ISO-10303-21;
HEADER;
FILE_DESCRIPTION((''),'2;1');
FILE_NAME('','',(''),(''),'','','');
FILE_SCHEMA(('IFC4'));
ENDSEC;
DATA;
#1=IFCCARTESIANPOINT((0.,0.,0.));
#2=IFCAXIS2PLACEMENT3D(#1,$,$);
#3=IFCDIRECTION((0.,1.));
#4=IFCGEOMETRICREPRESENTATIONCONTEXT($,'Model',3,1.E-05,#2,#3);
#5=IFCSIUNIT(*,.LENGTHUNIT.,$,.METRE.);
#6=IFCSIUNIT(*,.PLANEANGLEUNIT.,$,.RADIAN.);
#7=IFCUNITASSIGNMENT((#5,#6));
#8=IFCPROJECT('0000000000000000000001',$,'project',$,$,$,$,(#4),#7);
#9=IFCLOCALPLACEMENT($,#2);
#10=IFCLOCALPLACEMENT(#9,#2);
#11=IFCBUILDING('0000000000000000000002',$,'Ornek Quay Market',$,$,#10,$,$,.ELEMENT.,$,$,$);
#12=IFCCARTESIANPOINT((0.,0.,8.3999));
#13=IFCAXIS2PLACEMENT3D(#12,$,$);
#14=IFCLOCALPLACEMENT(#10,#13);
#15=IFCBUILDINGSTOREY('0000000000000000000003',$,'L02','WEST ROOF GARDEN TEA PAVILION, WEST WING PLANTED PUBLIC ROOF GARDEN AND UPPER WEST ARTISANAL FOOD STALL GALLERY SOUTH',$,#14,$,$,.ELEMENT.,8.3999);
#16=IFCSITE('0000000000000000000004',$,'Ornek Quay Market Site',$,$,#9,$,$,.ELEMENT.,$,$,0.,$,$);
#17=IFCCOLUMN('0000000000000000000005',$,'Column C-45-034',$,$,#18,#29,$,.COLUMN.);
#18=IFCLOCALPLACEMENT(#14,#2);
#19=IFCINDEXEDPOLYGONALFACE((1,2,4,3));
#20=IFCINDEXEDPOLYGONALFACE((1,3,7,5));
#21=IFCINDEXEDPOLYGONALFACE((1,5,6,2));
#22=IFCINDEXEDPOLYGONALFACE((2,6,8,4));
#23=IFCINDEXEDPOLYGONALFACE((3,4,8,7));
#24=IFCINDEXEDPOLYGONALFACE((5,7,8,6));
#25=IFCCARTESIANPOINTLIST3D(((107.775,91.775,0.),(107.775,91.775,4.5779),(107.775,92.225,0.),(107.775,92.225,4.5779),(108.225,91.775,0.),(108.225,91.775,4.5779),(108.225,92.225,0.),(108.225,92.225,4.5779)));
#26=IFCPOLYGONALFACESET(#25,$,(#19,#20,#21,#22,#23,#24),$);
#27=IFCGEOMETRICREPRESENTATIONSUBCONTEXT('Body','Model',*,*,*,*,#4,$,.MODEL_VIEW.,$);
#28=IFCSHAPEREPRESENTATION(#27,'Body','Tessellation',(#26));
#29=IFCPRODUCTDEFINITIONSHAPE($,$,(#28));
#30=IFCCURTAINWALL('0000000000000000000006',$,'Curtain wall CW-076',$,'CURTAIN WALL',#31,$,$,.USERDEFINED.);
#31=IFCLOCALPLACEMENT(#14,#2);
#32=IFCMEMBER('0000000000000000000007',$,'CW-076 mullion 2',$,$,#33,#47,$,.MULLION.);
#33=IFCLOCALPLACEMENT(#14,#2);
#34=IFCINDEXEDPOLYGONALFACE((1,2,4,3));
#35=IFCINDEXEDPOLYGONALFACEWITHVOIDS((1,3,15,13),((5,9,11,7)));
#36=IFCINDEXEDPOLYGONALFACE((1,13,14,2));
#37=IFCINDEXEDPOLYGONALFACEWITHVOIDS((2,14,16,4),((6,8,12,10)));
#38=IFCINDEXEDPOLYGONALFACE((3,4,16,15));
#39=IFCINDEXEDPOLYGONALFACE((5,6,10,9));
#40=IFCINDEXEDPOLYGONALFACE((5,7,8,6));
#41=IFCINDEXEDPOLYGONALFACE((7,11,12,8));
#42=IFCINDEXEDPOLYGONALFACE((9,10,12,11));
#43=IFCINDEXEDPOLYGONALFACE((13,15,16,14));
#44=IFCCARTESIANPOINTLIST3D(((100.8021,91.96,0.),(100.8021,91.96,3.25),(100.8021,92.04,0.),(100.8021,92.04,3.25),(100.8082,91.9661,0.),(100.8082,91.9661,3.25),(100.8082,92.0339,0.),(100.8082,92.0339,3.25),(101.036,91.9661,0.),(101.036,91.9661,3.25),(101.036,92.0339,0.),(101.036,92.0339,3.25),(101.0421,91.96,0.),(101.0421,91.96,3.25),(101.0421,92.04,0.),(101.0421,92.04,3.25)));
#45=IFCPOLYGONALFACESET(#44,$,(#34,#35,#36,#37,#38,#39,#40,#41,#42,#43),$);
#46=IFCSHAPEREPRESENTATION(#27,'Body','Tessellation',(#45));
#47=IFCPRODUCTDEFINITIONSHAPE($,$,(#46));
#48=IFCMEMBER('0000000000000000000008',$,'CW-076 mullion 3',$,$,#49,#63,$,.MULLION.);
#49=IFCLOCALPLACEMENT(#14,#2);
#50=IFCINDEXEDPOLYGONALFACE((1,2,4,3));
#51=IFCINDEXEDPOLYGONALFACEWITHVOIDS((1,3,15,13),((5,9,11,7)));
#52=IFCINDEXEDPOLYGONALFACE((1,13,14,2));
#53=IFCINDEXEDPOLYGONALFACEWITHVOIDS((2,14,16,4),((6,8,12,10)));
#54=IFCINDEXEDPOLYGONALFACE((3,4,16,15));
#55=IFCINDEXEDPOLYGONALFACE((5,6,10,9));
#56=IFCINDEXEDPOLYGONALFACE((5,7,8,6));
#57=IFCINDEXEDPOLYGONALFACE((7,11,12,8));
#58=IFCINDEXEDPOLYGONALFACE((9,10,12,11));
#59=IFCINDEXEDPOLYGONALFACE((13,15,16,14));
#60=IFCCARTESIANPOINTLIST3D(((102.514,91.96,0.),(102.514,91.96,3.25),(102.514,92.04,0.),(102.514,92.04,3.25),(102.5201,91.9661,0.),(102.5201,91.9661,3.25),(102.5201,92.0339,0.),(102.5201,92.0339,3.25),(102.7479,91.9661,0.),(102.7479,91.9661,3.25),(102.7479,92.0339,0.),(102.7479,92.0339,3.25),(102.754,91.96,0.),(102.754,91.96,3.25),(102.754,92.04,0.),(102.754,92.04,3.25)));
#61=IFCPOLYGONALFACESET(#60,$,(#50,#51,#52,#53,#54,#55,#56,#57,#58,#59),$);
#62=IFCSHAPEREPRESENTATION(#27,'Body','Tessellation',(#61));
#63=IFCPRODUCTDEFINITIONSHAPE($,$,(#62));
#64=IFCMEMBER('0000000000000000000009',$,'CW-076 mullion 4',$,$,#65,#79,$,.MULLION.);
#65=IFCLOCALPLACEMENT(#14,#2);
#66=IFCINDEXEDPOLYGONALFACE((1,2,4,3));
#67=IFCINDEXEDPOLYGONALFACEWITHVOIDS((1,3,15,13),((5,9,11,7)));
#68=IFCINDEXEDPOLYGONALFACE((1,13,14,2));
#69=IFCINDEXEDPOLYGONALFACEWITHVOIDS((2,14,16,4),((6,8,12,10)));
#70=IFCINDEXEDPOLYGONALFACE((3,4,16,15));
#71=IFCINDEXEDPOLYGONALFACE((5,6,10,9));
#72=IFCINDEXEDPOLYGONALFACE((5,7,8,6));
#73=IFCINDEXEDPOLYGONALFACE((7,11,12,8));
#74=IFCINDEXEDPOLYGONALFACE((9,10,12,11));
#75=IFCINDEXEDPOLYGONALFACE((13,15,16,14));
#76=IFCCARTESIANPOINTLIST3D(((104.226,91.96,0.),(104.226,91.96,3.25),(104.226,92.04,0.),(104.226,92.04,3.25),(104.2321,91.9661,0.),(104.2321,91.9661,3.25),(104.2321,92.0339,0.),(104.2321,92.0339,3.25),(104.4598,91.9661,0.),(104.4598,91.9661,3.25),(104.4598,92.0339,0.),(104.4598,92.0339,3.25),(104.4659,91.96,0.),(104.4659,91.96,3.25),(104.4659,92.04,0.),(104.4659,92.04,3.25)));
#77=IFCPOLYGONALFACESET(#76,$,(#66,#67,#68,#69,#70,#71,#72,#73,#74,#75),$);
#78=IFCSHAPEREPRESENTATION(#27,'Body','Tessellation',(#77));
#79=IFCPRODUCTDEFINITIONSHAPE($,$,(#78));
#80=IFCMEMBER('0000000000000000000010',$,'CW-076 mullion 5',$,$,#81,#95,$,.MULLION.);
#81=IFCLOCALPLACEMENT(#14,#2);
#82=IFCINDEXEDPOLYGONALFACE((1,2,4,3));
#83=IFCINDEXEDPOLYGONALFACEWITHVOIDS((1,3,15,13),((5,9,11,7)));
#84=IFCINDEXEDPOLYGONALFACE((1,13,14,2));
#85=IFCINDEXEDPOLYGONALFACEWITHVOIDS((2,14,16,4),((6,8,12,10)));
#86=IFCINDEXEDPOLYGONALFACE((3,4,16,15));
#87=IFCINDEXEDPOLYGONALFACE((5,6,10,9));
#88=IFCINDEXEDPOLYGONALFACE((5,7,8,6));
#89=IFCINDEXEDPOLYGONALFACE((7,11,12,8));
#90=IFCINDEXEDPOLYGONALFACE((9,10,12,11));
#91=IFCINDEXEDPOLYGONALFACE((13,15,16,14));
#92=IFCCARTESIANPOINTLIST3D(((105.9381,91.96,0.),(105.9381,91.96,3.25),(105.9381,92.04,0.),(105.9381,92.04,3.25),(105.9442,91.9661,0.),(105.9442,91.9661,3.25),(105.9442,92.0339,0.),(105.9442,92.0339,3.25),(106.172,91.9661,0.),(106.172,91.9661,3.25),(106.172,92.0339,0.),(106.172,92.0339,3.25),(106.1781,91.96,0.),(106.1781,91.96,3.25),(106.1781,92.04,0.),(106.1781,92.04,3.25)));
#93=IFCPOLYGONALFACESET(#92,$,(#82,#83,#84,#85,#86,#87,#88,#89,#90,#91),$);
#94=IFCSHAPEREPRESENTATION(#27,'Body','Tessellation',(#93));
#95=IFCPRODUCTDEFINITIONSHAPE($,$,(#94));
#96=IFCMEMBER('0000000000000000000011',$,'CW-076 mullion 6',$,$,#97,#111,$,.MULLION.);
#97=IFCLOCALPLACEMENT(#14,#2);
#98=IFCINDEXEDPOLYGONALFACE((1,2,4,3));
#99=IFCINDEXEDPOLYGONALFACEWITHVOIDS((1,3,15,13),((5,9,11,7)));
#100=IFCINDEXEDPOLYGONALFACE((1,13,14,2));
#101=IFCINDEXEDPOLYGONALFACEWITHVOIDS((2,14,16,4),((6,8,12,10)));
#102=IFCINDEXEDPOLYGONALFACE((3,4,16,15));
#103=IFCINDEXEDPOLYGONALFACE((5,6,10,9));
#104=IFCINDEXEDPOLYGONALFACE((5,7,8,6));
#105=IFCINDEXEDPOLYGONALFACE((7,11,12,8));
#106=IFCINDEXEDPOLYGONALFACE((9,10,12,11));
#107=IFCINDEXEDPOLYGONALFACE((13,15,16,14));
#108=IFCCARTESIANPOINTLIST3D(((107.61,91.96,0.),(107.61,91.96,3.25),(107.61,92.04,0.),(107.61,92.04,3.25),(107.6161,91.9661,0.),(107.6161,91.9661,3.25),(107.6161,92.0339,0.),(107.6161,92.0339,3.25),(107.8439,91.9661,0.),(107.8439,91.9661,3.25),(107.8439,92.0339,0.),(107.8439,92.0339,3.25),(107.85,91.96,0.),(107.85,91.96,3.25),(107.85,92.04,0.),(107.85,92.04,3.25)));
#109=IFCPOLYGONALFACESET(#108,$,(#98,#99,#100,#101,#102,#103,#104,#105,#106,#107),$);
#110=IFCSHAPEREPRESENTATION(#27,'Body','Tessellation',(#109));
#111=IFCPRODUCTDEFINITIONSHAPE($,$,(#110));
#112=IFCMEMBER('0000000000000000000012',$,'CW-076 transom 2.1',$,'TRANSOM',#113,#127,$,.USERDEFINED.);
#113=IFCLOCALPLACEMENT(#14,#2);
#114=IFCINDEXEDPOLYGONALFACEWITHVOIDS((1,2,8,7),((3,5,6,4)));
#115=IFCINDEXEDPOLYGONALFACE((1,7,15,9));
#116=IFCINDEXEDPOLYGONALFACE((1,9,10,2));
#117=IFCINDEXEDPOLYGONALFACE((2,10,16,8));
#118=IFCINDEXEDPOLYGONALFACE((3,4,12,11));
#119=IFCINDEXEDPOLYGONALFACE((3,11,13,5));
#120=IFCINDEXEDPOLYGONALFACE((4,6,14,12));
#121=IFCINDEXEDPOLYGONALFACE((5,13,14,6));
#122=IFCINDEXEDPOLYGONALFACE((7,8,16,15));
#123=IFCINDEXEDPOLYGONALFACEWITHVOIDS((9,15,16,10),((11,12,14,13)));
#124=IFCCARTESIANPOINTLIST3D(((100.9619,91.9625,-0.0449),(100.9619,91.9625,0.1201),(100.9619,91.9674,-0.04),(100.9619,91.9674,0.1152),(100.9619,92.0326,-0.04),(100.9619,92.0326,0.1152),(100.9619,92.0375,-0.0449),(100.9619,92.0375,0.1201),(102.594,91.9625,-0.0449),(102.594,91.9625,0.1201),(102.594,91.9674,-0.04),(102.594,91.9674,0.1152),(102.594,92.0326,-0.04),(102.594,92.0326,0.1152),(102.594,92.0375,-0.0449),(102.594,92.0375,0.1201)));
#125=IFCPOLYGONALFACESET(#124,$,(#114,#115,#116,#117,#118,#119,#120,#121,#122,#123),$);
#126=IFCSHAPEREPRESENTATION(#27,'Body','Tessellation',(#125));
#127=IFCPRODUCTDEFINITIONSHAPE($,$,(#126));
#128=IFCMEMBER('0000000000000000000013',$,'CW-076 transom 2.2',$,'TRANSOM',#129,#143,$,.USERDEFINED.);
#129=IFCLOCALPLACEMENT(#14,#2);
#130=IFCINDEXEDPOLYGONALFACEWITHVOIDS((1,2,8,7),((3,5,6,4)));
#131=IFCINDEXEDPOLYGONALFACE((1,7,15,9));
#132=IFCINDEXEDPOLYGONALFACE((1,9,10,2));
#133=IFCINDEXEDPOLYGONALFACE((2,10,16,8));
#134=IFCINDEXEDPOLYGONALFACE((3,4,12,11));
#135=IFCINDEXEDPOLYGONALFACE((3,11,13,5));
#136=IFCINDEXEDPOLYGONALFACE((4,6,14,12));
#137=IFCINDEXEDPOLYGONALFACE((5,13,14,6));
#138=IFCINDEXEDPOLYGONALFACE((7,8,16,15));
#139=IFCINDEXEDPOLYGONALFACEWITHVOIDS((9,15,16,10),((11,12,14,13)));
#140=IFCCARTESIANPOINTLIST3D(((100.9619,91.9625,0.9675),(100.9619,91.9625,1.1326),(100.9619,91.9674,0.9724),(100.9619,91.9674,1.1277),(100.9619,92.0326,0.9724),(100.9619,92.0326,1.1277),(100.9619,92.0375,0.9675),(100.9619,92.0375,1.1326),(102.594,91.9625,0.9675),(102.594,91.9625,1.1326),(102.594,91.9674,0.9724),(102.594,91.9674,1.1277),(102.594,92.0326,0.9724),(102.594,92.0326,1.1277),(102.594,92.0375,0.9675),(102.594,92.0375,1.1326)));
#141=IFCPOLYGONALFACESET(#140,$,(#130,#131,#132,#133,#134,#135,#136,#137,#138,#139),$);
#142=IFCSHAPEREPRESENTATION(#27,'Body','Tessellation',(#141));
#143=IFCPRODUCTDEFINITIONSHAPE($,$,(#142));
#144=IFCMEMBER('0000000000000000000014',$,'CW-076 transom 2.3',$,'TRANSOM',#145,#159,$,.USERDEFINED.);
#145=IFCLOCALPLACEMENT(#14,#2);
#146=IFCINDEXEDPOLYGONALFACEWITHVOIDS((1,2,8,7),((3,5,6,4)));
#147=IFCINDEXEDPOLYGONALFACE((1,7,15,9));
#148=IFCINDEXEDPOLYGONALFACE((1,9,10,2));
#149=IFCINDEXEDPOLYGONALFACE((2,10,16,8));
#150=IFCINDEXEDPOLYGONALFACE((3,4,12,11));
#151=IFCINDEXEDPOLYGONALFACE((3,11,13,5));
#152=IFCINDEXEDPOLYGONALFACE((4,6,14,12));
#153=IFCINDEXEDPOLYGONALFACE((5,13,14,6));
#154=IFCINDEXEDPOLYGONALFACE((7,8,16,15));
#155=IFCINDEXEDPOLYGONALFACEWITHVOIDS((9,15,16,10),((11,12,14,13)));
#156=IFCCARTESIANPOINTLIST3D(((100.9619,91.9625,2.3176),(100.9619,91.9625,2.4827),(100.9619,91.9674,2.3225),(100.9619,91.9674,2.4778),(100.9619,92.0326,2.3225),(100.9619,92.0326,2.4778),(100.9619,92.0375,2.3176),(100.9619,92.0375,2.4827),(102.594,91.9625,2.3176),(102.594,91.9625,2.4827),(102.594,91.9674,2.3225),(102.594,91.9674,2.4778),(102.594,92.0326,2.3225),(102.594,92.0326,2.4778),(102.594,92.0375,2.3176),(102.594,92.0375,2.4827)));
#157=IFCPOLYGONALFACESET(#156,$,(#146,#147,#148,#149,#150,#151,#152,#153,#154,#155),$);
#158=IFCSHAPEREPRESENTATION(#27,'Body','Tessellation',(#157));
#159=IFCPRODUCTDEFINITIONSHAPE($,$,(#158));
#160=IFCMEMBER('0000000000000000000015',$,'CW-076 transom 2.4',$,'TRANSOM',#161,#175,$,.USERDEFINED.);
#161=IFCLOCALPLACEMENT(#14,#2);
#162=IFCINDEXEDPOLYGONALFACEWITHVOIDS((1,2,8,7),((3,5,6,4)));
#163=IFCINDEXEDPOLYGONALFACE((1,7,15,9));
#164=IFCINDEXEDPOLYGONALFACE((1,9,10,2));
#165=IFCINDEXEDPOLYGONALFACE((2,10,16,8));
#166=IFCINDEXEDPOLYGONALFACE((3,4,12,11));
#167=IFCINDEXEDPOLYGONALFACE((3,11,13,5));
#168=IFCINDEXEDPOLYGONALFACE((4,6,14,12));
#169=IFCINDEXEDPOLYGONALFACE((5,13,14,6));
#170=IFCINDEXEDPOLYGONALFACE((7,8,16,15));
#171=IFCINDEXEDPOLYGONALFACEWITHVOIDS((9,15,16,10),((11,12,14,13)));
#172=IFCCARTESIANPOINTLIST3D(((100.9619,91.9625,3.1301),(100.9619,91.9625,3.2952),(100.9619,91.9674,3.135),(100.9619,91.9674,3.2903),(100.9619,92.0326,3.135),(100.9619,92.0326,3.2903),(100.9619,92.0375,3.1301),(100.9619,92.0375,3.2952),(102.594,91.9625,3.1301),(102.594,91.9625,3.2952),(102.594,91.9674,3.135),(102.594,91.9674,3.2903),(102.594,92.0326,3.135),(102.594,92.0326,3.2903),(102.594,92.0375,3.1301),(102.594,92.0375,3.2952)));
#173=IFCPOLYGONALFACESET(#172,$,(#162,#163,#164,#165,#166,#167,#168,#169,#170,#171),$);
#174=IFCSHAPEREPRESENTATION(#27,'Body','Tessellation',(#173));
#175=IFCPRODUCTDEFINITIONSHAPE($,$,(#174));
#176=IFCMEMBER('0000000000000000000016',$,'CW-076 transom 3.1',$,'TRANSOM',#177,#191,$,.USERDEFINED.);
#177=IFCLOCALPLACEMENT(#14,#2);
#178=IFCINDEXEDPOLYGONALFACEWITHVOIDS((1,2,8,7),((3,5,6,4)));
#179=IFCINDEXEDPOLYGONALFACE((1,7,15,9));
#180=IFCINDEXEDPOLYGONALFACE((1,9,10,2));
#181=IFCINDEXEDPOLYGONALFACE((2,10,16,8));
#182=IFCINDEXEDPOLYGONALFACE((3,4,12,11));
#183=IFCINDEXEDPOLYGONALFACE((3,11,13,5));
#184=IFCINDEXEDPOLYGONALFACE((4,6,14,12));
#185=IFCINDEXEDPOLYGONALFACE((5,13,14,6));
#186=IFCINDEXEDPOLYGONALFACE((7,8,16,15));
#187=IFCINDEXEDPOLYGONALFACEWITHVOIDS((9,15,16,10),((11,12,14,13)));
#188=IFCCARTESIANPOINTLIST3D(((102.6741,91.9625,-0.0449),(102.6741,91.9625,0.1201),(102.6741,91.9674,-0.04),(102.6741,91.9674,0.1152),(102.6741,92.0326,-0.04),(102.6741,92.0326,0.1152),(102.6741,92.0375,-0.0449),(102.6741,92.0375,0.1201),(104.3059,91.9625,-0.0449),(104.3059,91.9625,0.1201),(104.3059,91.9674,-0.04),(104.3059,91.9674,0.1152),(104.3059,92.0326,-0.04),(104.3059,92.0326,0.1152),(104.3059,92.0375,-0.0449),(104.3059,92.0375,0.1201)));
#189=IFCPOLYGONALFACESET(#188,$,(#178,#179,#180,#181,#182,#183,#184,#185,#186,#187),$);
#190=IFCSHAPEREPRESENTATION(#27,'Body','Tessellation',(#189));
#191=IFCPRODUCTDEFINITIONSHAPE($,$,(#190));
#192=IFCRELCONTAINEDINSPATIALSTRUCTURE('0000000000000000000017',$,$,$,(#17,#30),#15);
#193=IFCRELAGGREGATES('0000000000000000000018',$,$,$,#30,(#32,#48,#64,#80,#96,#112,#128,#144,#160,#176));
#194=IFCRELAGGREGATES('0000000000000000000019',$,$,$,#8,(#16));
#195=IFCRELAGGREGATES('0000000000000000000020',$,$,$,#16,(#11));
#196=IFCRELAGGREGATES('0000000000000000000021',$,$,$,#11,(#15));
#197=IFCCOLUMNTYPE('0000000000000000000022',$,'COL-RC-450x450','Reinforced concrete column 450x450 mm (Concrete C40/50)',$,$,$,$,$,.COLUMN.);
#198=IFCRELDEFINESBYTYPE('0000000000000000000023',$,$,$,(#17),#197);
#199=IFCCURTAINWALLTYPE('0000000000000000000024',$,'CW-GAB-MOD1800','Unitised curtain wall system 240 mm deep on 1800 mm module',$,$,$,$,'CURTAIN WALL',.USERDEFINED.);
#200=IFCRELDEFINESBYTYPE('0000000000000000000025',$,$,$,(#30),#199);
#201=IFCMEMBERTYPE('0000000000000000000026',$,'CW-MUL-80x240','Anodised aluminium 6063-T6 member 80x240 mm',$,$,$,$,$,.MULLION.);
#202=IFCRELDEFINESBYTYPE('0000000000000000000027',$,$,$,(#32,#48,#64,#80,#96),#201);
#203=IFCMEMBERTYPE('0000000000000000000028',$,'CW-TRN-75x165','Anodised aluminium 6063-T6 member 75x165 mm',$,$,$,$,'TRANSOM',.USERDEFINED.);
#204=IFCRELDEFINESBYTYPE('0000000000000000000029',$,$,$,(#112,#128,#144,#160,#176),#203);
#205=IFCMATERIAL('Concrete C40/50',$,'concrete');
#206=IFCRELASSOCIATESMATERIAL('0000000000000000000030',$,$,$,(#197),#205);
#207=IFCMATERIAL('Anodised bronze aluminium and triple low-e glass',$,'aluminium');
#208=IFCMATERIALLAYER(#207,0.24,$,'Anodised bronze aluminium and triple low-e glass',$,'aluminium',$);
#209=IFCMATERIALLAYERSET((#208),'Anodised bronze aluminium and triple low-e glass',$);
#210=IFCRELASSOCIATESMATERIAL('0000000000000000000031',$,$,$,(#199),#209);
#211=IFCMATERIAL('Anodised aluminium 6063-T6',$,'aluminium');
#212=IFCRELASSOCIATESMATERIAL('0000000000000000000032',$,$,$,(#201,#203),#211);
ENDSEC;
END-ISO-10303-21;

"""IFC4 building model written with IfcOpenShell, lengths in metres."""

from ifc_helpers import new_model, si_unit, direction, frame, origin, origin_2d, place, context, subcontext, project, spatial, rectangle, hollow_rectangle, extrude, material, layer, layer_set, material_profile, profile_set, type_object, element, aggregate, save


model = new_model("IFC4")

# Units and contexts
model_context = context("Model", 3, precision=1e-05, world=origin(), true_north=direction((0.0, 1.0)))
body_context = subcontext(model_context, "Body", "Model", "MODEL_VIEW")
ifc_project = project(units=[si_unit("LENGTHUNIT", "METRE"), si_unit("PLANEANGLEUNIT", "RADIAN")], contexts=[model_context])

# Site, building, storey
site_placement = place(None, origin())
site = spatial("IfcSite", under=ifc_project, at=site_placement, Name="Ornek Quay Market Site", CompositionType="ELEMENT", RefElevation=0.0)
building_placement = place(site_placement, origin())
building = spatial("IfcBuilding", under=site, at=building_placement, Name="Ornek Quay Market", CompositionType="ELEMENT")
storey_placement = place(building_placement, frame((0.0, 0.0, 8.3999)))
storey = spatial("IfcBuildingStorey", under=building, at=storey_placement, Name="L02", Description="WEST ROOF GARDEN TEA PAVILION, WEST WING PLANTED PUBLIC ROOF GARDEN AND UPPER WEST ARTISANAL FOOD STALL GALLERY SOUTH", CompositionType="ELEMENT", Elevation=8.3999)

# Column
ifc_material_1 = material(Name="Concrete C40/50", Category="concrete")
ifc_material_profile_1 = material_profile(ifc_material_1, rectangle(XDim=0.45, YDim=0.45, at=origin_2d()), Name="RC 450x450", Category="concrete")
ifc_profile_set_1 = profile_set([ifc_material_profile_1], Name="Concrete C40/50")
column_type = type_object("IfcColumnType", Name="COL-RC-450x450", Description="Reinforced concrete column 450x450 mm (Concrete C40/50)", PredefinedType="COLUMN", material=ifc_profile_set_1)
column_placement = place(storey_placement, frame((108.0, 92.0, 0.0), z_axis=(0.0, 0.0, 1.0), x_axis=(1.0, 0.0, 0.0)))
element("IfcColumn", 1, at=column_placement, inside=storey, type_object=column_type, Name="Column C-45-034", PredefinedType="COLUMN", context=body_context, shape_type="SweptSolid", body=[
    extrude(rectangle(XDim=0.45, YDim=0.45, at=origin_2d()), origin(), (0.0, 0.0, 1.0), 4.5779),
])

# Curtain wall, members
ifc_material_2 = material(Name="Anodised bronze aluminium and triple low-e glass", Category="aluminium")
ifc_layer_1 = layer(ifc_material_2, 0.24, Name="Anodised bronze aluminium and triple low-e glass", Category="aluminium")
ifc_layer_set_1 = layer_set([ifc_layer_1], Name="Anodised bronze aluminium and triple low-e glass")
curtain_wall_type = type_object("IfcCurtainWallType", Name="CW-GAB-MOD1800", Description="Unitised curtain wall system 240 mm deep on 1800 mm module", ElementType="CURTAIN WALL", PredefinedType="USERDEFINED", material=ifc_layer_set_1)
curtain_wall_placement = place(storey_placement, origin())
curtain_wall = element("IfcCurtainWall", 2, at=curtain_wall_placement, inside=storey, type_object=curtain_wall_type, Name="Curtain wall CW-076", ObjectType="CURTAIN WALL", PredefinedType="USERDEFINED")
ifc_material_3 = material(Name="Anodised aluminium 6063-T6", Category="aluminium")
ifc_material_profile_2 = material_profile(ifc_material_3, hollow_rectangle(XDim=0.0801, YDim=0.24, WallThickness=0.0061, at=origin_2d()), Name="CW-MUL-80x240", Category="aluminium")
ifc_profile_set_2 = profile_set([ifc_material_profile_2], Name="Anodised aluminium 6063-T6")
member_type_1 = type_object("IfcMemberType", Name="CW-MUL-80x240", Description="Anodised aluminium 6063-T6 member 80x240 mm", PredefinedType="MULLION", material=ifc_profile_set_2)
member_1_placement = place(storey_placement, frame((100.9221, 92.0, 0.0), z_axis=(0.0, 0.0, 1.0), x_axis=(0.0, 1.0, 0.0)))
member_1 = element("IfcMember", 3, at=member_1_placement, type_object=member_type_1, Name="CW-076 mullion 2", PredefinedType="MULLION", context=body_context, shape_type="SweptSolid", body=[
    extrude(hollow_rectangle(XDim=0.0801, YDim=0.24, WallThickness=0.0061, at=origin_2d()), origin(), (0.0, 0.0, 1.0), 3.25),
])
member_2_placement = place(storey_placement, frame((102.634, 92.0, 0.0), z_axis=(0.0, 0.0, 1.0), x_axis=(0.0, 1.0, 0.0)))
member_2 = element("IfcMember", 4, at=member_2_placement, type_object=member_type_1, Name="CW-076 mullion 3", PredefinedType="MULLION", context=body_context, shape_type="SweptSolid", body=[
    extrude(hollow_rectangle(XDim=0.0801, YDim=0.24, WallThickness=0.0061, at=origin_2d()), origin(), (0.0, 0.0, 1.0), 3.25),
])
member_3_placement = place(storey_placement, frame((104.3459, 92.0, 0.0), z_axis=(0.0, 0.0, 1.0), x_axis=(0.0, 1.0, 0.0)))
member_3 = element("IfcMember", 5, at=member_3_placement, type_object=member_type_1, Name="CW-076 mullion 4", PredefinedType="MULLION", context=body_context, shape_type="SweptSolid", body=[
    extrude(hollow_rectangle(XDim=0.0801, YDim=0.24, WallThickness=0.0061, at=origin_2d()), origin(), (0.0, 0.0, 1.0), 3.25),
])
member_4_placement = place(storey_placement, frame((106.0581, 92.0, 0.0), z_axis=(0.0, 0.0, 1.0), x_axis=(0.0, 1.0, 0.0)))
member_4 = element("IfcMember", 6, at=member_4_placement, type_object=member_type_1, Name="CW-076 mullion 5", PredefinedType="MULLION", context=body_context, shape_type="SweptSolid", body=[
    extrude(hollow_rectangle(XDim=0.0801, YDim=0.24, WallThickness=0.0061, at=origin_2d()), origin(), (0.0, 0.0, 1.0), 3.25),
])
member_5_placement = place(storey_placement, frame((107.73, 92.0, 0.0), z_axis=(0.0, 0.0, 1.0), x_axis=(0.0, 1.0, 0.0)))
member_5 = element("IfcMember", 7, at=member_5_placement, type_object=member_type_1, Name="CW-076 mullion 6", PredefinedType="MULLION", context=body_context, shape_type="SweptSolid", body=[
    extrude(hollow_rectangle(XDim=0.0801, YDim=0.24, WallThickness=0.0061, at=origin_2d()), origin(), (0.0, 0.0, 1.0), 3.25),
])
ifc_material_profile_3 = material_profile(ifc_material_3, hollow_rectangle(XDim=0.075, YDim=0.165, WallThickness=0.0049, at=origin_2d()), Name="CW-TRN-75x165", Category="aluminium")
ifc_profile_set_3 = profile_set([ifc_material_profile_3], Name="Anodised aluminium 6063-T6")
member_type_2 = type_object("IfcMemberType", Name="CW-TRN-75x165", Description="Anodised aluminium 6063-T6 member 75x165 mm", ElementType="TRANSOM", PredefinedType="USERDEFINED", material=ifc_profile_set_3)
member_6_placement = place(storey_placement, frame((100.9619, 92.0, 0.0376), z_axis=(1.0, 0.0, 0.0), x_axis=(0.0, 1.0, 0.0)))
member_6 = element("IfcMember", 8, at=member_6_placement, type_object=member_type_2, Name="CW-076 transom 2.1", ObjectType="TRANSOM", PredefinedType="USERDEFINED", context=body_context, shape_type="SweptSolid", body=[
    extrude(hollow_rectangle(XDim=0.075, YDim=0.165, WallThickness=0.0049, at=origin_2d()), origin(), (0.0, 0.0, 1.0), 1.6321),
])
member_7_placement = place(storey_placement, frame((100.9619, 92.0, 1.05), z_axis=(1.0, 0.0, 0.0), x_axis=(0.0, 1.0, 0.0)))
member_7 = element("IfcMember", 9, at=member_7_placement, type_object=member_type_2, Name="CW-076 transom 2.2", ObjectType="TRANSOM", PredefinedType="USERDEFINED", context=body_context, shape_type="SweptSolid", body=[
    extrude(hollow_rectangle(XDim=0.075, YDim=0.165, WallThickness=0.0049, at=origin_2d()), origin(), (0.0, 0.0, 1.0), 1.6321),
])
member_8_placement = place(storey_placement, frame((100.9619, 92.0, 2.4001), z_axis=(1.0, 0.0, 0.0), x_axis=(0.0, 1.0, 0.0)))
member_8 = element("IfcMember", 10, at=member_8_placement, type_object=member_type_2, Name="CW-076 transom 2.3", ObjectType="TRANSOM", PredefinedType="USERDEFINED", context=body_context, shape_type="SweptSolid", body=[
    extrude(hollow_rectangle(XDim=0.075, YDim=0.165, WallThickness=0.0049, at=origin_2d()), origin(), (0.0, 0.0, 1.0), 1.6321),
])
member_9_placement = place(storey_placement, frame((100.9619, 92.0, 3.2126), z_axis=(1.0, 0.0, 0.0), x_axis=(0.0, 1.0, 0.0)))
member_9 = element("IfcMember", 11, at=member_9_placement, type_object=member_type_2, Name="CW-076 transom 2.4", ObjectType="TRANSOM", PredefinedType="USERDEFINED", context=body_context, shape_type="SweptSolid", body=[
    extrude(hollow_rectangle(XDim=0.075, YDim=0.165, WallThickness=0.0049, at=origin_2d()), origin(), (0.0, 0.0, 1.0), 1.6321),
])
member_10_placement = place(storey_placement, frame((102.6741, 92.0, 0.0376), z_axis=(1.0, 0.0, 0.0), x_axis=(0.0, 1.0, 0.0)))
member_10 = element("IfcMember", 12, at=member_10_placement, type_object=member_type_2, Name="CW-076 transom 3.1", ObjectType="TRANSOM", PredefinedType="USERDEFINED", context=body_context, shape_type="SweptSolid", body=[
    extrude(hollow_rectangle(XDim=0.075, YDim=0.165, WallThickness=0.0049, at=origin_2d()), origin(), (0.0, 0.0, 1.0), 1.6318),
])
aggregate(curtain_wall, [member_1, member_2, member_3, member_4, member_5, member_6, member_7, member_8, member_9, member_10])

save(model, "model.ifc")
